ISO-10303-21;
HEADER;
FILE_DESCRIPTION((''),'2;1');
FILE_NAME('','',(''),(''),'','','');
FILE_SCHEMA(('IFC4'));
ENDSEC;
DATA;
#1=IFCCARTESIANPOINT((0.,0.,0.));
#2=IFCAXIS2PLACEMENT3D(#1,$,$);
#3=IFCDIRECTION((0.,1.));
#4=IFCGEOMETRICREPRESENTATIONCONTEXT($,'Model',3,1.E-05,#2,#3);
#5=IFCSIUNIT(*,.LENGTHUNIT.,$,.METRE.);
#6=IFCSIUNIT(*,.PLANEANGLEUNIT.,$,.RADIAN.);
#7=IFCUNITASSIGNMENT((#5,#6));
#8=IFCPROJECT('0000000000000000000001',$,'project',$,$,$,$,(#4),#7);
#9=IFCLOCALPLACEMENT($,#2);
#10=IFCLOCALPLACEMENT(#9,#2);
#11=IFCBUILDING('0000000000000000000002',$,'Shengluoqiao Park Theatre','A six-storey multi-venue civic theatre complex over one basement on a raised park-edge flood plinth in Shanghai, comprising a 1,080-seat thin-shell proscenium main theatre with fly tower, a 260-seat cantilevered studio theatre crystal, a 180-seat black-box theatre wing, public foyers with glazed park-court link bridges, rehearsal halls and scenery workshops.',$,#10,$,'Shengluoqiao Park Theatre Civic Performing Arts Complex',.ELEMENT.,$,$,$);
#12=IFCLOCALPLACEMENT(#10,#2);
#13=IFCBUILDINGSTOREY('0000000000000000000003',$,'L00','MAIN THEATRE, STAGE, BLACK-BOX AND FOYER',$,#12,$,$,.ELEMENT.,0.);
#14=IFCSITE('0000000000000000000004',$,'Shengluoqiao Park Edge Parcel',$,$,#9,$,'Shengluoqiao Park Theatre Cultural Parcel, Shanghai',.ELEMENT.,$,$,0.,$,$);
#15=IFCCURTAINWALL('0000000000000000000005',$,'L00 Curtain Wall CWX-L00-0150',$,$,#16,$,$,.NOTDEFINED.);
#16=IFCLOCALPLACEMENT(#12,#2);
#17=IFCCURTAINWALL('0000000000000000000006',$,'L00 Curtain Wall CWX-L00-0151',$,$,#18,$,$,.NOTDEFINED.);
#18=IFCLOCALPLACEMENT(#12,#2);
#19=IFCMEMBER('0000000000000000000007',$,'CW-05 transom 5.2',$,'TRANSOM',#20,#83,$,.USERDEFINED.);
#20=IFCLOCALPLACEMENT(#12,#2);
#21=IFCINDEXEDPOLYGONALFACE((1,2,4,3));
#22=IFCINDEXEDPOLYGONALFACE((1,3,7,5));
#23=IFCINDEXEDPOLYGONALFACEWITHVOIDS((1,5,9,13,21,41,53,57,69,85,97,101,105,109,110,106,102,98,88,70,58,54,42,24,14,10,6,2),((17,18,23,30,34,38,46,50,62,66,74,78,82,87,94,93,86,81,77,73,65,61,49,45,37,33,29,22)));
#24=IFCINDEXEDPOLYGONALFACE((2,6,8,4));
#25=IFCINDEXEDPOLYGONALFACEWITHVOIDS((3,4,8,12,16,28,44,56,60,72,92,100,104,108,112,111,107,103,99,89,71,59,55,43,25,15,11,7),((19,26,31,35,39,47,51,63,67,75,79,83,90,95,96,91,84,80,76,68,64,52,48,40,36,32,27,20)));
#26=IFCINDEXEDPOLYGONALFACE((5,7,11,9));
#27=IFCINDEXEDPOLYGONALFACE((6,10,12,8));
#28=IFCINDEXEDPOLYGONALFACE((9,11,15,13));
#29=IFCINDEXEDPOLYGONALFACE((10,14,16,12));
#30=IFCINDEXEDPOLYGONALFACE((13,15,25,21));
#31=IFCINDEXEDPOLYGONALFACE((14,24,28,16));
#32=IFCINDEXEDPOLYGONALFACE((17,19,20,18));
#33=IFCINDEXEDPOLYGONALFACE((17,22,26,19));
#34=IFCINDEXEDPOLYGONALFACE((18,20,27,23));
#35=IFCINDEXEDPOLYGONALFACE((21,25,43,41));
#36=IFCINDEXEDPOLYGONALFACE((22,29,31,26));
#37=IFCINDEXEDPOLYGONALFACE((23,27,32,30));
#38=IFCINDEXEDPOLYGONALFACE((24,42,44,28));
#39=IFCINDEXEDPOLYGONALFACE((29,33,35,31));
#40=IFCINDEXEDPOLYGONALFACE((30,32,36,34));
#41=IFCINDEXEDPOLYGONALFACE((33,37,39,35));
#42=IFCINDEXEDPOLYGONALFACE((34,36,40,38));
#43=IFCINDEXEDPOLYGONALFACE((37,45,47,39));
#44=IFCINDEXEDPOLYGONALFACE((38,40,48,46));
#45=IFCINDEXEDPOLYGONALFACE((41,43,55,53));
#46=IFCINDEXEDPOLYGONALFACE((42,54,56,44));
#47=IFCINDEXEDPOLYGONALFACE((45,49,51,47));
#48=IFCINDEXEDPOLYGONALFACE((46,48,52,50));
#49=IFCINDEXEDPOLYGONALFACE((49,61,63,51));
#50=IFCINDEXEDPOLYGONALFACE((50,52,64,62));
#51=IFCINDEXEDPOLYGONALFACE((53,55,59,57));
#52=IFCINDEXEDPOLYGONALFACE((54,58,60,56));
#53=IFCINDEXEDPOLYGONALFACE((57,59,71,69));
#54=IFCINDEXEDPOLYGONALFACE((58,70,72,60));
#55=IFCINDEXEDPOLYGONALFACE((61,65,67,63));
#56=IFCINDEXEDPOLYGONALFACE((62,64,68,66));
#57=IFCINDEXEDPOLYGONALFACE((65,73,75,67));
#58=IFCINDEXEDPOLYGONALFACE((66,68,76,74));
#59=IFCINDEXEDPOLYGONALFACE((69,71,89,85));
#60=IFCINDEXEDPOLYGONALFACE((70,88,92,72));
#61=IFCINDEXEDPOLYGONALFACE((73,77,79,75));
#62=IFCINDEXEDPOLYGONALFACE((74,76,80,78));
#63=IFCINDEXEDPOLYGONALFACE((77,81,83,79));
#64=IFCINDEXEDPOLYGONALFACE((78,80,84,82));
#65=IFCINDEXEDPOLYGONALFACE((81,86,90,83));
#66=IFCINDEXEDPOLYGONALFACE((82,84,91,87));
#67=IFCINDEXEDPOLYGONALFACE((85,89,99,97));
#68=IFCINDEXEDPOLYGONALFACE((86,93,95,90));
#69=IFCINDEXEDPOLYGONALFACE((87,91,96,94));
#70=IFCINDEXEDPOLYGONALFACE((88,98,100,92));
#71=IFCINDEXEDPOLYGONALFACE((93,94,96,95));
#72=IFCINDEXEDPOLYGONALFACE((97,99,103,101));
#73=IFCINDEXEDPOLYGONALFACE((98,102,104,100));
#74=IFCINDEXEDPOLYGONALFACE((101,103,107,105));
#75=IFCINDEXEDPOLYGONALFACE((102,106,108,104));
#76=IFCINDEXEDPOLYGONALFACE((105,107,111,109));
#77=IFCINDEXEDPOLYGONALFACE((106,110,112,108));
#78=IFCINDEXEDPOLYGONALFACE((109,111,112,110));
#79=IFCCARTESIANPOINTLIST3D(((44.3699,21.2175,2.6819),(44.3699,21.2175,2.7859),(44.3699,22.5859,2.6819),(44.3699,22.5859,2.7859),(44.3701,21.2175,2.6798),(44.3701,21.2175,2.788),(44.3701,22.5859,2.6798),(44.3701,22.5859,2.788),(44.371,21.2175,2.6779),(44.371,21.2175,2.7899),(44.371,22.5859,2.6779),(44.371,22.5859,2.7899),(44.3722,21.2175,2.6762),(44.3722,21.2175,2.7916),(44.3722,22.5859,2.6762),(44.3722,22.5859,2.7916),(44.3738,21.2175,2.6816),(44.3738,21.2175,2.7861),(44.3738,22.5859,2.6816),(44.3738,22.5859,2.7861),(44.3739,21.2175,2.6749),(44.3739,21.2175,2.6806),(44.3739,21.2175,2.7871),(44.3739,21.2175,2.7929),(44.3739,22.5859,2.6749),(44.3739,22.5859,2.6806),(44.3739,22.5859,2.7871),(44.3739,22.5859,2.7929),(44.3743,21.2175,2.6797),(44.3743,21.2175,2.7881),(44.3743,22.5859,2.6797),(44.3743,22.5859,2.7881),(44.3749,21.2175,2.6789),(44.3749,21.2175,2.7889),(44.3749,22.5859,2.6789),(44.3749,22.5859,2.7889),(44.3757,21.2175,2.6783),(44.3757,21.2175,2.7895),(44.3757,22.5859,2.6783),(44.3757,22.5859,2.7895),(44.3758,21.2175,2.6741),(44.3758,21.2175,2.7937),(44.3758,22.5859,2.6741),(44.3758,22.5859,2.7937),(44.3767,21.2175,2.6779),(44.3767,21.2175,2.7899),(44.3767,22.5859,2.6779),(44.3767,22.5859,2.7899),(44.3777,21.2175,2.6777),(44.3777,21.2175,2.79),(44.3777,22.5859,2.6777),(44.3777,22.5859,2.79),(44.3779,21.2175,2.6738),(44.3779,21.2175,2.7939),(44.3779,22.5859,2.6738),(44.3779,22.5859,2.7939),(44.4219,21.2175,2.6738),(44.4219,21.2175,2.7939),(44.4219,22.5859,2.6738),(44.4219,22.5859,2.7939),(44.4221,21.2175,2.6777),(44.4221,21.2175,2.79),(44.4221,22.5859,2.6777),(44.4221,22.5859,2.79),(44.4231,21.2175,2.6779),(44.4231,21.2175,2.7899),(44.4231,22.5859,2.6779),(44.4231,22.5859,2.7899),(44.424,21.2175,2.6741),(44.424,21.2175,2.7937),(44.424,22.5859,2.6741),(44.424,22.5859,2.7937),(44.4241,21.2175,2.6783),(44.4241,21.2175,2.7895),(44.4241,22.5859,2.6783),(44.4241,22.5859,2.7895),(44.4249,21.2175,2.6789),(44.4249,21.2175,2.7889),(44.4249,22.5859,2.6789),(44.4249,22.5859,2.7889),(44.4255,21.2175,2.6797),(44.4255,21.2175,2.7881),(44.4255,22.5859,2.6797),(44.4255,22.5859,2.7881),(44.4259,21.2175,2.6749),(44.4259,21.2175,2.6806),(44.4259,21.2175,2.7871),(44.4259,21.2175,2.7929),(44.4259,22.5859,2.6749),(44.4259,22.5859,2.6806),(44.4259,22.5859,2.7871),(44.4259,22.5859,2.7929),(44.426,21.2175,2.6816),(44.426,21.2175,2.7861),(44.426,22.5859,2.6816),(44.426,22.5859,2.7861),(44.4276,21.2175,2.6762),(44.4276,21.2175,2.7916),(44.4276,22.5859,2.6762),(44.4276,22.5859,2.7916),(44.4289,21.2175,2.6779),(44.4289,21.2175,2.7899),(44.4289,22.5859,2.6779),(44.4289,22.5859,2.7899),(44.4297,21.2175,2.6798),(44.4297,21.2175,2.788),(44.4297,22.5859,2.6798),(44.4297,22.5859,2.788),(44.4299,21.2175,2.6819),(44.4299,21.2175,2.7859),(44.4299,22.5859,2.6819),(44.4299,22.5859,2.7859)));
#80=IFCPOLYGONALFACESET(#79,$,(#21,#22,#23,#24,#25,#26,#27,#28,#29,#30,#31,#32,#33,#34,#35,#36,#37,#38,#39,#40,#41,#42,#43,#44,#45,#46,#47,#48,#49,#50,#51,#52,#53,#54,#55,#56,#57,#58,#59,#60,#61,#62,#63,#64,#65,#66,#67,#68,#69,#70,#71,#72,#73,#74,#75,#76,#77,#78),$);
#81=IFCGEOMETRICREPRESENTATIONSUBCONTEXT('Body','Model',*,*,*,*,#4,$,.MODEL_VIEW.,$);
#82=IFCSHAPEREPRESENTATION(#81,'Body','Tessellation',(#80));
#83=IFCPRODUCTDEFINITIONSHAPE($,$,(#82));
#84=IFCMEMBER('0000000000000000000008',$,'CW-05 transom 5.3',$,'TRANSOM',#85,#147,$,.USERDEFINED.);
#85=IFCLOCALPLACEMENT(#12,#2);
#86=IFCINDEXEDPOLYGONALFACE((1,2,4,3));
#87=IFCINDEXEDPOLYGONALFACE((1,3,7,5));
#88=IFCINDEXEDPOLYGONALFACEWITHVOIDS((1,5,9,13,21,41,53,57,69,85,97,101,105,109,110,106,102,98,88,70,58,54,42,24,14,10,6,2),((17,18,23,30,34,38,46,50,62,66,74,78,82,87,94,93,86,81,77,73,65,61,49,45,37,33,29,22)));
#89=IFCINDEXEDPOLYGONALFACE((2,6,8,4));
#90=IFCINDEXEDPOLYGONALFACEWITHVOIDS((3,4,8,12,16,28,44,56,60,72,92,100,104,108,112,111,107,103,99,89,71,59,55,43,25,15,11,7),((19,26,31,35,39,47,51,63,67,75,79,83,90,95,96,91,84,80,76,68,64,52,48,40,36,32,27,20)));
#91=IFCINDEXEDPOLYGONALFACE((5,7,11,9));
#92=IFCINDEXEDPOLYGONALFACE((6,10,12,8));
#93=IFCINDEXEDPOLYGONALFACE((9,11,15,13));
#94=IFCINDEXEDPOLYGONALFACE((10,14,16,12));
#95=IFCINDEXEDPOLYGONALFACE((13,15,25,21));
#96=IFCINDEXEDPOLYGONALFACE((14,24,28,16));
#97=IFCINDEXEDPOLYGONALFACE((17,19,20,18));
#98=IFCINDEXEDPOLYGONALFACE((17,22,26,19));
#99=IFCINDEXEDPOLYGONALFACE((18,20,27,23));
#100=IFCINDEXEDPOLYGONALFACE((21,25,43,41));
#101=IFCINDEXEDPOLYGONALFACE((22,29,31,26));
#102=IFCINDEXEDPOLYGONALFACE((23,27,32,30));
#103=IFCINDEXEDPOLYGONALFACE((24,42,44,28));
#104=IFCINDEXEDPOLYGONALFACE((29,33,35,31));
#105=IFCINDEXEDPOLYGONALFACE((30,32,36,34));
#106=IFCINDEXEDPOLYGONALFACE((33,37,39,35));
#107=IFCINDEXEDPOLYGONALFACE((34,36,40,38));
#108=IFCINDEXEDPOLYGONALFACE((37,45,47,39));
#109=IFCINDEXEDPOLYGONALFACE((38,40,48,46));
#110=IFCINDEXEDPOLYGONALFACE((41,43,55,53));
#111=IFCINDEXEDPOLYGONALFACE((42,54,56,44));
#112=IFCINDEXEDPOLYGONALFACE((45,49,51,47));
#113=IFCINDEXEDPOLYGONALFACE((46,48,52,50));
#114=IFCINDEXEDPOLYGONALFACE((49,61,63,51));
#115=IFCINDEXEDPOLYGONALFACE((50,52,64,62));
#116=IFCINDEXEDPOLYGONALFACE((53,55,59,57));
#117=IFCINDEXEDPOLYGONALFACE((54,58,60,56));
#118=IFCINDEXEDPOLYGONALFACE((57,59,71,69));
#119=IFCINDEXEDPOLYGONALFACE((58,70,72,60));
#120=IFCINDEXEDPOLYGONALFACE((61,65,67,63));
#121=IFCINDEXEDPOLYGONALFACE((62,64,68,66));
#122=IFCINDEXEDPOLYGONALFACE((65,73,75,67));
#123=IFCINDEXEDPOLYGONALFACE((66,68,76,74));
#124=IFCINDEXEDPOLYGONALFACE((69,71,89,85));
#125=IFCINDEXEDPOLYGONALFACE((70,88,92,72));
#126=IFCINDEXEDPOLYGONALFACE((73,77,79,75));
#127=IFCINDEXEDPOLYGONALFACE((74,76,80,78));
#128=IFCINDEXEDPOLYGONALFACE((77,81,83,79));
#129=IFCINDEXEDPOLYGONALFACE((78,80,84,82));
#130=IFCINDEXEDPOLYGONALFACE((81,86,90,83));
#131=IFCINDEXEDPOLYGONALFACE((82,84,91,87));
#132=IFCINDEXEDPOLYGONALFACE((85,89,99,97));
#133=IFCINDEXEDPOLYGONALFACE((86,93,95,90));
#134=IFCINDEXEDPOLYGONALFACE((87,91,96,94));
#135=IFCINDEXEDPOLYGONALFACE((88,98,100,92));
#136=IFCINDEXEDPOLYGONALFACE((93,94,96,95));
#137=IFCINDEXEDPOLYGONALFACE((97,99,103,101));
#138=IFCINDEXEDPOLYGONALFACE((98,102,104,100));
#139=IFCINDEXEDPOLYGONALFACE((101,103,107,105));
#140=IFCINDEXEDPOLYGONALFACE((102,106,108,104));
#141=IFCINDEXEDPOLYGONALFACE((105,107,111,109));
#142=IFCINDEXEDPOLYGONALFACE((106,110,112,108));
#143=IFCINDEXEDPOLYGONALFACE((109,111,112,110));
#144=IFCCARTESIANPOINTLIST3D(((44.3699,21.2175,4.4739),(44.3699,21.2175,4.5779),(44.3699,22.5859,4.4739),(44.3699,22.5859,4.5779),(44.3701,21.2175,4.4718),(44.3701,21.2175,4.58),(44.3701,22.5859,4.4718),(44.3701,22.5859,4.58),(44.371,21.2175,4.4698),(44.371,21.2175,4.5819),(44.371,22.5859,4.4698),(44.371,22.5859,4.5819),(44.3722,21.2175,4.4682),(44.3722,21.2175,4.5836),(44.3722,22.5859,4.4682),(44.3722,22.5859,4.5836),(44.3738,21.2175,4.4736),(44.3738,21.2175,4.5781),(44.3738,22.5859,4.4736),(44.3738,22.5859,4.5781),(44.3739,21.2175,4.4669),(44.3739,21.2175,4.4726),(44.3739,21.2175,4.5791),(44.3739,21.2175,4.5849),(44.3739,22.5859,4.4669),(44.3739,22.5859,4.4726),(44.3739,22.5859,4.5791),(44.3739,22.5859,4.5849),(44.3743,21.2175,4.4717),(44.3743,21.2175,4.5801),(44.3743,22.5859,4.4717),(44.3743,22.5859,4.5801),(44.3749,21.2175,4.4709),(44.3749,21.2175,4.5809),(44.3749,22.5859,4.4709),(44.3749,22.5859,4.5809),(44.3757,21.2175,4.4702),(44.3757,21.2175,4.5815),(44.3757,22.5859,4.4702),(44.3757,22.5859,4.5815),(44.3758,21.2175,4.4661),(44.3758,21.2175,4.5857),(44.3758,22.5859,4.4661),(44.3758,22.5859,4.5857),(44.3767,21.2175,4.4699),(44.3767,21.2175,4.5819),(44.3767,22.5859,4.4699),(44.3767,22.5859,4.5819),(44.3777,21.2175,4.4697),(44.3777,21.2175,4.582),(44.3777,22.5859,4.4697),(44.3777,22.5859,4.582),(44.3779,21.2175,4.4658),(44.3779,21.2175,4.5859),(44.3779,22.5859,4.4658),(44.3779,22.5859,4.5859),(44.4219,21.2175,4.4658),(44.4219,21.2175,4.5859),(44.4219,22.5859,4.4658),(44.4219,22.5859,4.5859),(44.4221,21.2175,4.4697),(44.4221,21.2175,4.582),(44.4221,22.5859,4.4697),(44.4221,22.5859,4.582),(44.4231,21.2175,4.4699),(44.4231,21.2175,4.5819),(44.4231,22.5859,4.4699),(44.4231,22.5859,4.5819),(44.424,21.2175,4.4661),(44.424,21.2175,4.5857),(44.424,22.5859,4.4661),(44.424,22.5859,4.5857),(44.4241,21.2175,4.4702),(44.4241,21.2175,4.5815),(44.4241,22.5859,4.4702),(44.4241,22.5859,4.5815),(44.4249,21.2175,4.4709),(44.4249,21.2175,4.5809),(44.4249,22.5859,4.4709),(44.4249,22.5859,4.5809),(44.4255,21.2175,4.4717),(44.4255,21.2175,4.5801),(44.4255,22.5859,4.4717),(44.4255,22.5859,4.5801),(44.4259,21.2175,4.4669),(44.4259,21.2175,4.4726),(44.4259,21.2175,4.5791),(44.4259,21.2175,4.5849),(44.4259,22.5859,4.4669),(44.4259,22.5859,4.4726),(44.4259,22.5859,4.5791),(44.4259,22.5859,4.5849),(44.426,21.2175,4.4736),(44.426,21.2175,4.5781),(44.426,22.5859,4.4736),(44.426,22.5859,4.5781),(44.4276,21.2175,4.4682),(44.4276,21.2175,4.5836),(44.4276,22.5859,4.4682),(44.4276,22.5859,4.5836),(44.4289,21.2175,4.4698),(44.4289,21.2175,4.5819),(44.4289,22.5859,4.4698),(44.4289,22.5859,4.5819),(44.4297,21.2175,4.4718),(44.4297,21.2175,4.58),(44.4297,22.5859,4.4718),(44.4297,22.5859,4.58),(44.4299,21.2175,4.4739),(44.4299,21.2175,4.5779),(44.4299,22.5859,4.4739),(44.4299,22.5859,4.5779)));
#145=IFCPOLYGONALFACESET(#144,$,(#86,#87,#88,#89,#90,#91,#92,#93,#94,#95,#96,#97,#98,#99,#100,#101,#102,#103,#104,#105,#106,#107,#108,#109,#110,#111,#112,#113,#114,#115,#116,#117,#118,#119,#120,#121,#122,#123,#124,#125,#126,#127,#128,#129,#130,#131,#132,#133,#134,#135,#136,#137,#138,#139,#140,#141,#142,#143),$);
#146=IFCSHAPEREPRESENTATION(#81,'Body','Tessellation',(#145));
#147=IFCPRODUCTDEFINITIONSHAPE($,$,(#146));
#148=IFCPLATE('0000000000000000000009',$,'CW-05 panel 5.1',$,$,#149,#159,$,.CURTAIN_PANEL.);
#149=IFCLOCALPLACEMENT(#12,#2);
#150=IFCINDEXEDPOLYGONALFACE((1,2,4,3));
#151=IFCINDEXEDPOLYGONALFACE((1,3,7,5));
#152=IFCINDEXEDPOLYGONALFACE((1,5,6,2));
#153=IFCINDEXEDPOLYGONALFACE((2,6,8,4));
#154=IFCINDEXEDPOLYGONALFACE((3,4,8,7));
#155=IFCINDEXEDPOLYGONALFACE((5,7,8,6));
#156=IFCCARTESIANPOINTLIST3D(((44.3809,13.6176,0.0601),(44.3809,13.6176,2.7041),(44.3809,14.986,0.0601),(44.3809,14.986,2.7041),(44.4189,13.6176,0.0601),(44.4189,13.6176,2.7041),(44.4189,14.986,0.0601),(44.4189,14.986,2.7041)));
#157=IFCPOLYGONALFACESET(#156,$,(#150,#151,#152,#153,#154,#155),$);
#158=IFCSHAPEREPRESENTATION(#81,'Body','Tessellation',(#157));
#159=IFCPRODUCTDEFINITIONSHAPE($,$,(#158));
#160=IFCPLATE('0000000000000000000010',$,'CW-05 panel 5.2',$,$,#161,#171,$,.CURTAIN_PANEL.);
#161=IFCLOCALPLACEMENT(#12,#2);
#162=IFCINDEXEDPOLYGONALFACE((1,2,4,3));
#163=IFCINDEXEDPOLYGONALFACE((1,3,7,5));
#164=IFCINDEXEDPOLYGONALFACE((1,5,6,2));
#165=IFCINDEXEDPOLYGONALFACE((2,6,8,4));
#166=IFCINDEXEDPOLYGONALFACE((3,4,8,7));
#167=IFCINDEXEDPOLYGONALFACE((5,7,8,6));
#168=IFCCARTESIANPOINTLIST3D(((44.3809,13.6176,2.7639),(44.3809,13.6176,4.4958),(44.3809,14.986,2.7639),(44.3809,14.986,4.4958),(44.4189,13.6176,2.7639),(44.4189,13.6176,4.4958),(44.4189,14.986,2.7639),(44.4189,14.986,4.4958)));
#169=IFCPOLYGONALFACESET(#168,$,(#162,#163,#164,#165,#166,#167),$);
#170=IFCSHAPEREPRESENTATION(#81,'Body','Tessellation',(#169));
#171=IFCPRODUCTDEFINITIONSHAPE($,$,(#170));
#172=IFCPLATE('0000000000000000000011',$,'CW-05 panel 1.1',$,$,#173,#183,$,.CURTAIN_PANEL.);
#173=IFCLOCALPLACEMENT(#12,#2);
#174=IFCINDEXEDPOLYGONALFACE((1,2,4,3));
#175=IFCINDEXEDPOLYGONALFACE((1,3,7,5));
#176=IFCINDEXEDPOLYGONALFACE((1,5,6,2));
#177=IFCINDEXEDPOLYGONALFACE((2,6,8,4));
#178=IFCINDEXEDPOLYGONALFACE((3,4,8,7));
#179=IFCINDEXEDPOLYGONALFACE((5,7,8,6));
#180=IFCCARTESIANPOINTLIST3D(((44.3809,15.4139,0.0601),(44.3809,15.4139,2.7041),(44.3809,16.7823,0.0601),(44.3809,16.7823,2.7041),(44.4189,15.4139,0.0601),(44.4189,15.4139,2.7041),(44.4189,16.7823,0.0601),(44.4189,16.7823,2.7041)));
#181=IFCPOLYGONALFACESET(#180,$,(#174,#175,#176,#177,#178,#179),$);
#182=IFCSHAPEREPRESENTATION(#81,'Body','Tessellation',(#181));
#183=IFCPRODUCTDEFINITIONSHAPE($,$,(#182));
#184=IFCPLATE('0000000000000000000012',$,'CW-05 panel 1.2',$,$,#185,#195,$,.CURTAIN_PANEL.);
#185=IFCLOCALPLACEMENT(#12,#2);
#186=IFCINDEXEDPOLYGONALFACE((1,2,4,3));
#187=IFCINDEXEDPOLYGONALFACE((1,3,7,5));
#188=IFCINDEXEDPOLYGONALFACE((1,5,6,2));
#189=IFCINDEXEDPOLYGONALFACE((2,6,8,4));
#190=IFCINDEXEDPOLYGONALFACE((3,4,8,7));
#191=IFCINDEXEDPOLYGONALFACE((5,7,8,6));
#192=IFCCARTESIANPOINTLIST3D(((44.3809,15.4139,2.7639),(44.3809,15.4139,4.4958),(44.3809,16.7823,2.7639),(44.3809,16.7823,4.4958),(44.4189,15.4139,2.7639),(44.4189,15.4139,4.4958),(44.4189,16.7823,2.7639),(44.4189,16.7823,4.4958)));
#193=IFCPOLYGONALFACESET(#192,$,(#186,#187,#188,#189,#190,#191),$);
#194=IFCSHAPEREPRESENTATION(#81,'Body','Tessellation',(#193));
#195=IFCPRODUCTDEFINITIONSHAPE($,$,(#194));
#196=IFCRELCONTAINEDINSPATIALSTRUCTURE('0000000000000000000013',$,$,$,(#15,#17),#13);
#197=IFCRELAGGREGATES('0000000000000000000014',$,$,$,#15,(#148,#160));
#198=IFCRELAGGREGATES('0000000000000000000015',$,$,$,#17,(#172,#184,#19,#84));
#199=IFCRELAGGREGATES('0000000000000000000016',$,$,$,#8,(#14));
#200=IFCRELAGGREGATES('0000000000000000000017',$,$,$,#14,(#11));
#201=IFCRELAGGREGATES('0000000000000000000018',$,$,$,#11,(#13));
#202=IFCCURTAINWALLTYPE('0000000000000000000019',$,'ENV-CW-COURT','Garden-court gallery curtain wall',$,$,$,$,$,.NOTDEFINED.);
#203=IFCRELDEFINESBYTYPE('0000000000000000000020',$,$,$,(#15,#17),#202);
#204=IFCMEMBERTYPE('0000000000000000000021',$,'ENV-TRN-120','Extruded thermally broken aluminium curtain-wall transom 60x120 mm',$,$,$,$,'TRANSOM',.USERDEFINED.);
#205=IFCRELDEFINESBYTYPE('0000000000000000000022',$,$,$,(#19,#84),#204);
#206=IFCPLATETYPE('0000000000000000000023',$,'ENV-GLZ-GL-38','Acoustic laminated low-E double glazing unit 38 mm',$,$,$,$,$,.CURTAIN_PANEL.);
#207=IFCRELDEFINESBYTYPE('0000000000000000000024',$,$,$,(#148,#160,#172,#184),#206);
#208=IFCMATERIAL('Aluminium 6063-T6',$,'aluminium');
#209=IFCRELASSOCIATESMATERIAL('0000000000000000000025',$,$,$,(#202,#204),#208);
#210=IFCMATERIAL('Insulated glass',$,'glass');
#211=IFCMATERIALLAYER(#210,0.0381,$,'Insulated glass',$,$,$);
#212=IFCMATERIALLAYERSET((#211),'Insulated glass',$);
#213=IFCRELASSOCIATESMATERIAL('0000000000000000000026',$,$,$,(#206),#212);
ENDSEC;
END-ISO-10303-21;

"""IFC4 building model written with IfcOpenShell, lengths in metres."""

from ifc_helpers import new_model, si_unit, direction, frame, origin, origin_2d, place, context, subcontext, project, spatial, rectangle, hollow_rectangle, extrude, material, layer, layer_set, material_profile, profile_set, type_object, element, aggregate, save


model = new_model("IFC4")

# Units and contexts
model_context = context("Model", 3, precision=1e-05, world=origin(), true_north=direction((0.0, 1.0)))
body_context = subcontext(model_context, "Body", "Model", "MODEL_VIEW")
ifc_project = project(units=[si_unit("LENGTHUNIT", "METRE"), si_unit("PLANEANGLEUNIT", "RADIAN")], contexts=[model_context])

# Site, building, storey
site_placement = place(None, origin())
site = spatial("IfcSite", under=ifc_project, at=site_placement, Name="Shengluoqiao Park Edge Parcel", LongName="Shengluoqiao Park Theatre Cultural Parcel, Shanghai", CompositionType="ELEMENT", RefElevation=0.0)
building_placement = place(site_placement, origin())
building = spatial("IfcBuilding", under=site, at=building_placement, Name="Shengluoqiao Park Theatre", Description="A six-storey multi-venue civic theatre complex over one basement on a raised park-edge flood plinth in Shanghai, comprising a 1,080-seat thin-shell proscenium main theatre with fly tower, a 260-seat cantilevered studio theatre crystal, a 180-seat black-box theatre wing, public foyers with glazed park-court link bridges, rehearsal halls and scenery workshops.", LongName="Shengluoqiao Park Theatre Civic Performing Arts Complex", CompositionType="ELEMENT")
storey_placement = place(building_placement, origin())
storey = spatial("IfcBuildingStorey", under=building, at=storey_placement, Name="L00", Description="MAIN THEATRE, STAGE, BLACK-BOX AND FOYER", CompositionType="ELEMENT", Elevation=0.0)

# Curtain wall
ifc_material_1 = material(Name="Aluminium 6063-T6", Category="aluminium")
curtain_wall_type = type_object("IfcCurtainWallType", Name="ENV-CW-COURT", Description="Garden-court gallery curtain wall", PredefinedType="NOTDEFINED", material=ifc_material_1)
curtain_wall_1_placement = place(storey_placement, origin())
curtain_wall_1 = element("IfcCurtainWall", 1, at=curtain_wall_1_placement, inside=storey, type_object=curtain_wall_type, Name="L00 Curtain Wall CWX-L00-0150", PredefinedType="NOTDEFINED")

# Curtain wall
curtain_wall_2_placement = place(storey_placement, origin())
curtain_wall_2 = element("IfcCurtainWall", 2, at=curtain_wall_2_placement, inside=storey, type_object=curtain_wall_type, Name="L00 Curtain Wall CWX-L00-0151", PredefinedType="NOTDEFINED")

# Members
ifc_material_profile_1 = material_profile(ifc_material_1, hollow_rectangle(XDim=0.0601, YDim=0.1201, WallThickness=0.0039, InnerFilletRadius=0.0039, OuterFilletRadius=0.0081, at=origin_2d()), Name="ALU TRANSOM 120x60x4")
ifc_profile_set_1 = profile_set([ifc_material_profile_1], Name="Aluminium 6063-T6")
member_type_1 = type_object("IfcMemberType", Name="ENV-TRN-120", Description="Extruded thermally broken aluminium curtain-wall transom 60x120 mm", ElementType="TRANSOM", PredefinedType="USERDEFINED", material=ifc_profile_set_1)
member_1_placement = place(storey_placement, frame((44.3999, 21.2175, 2.7339), z_axis=(0.0, 1.0, 0.0), x_axis=(-1.0, 0.0, 0.0)))
member_1 = element("IfcMember", 3, at=member_1_placement, type_object=member_type_1, Name="CW-05 transom 5.2", ObjectType="TRANSOM", PredefinedType="USERDEFINED", context=body_context, shape_type="SweptSolid", body=[
    extrude(hollow_rectangle(XDim=0.0601, YDim=0.1201, WallThickness=0.0039, InnerFilletRadius=0.0039, OuterFilletRadius=0.0081, at=origin_2d()), origin(), (0.0, 0.0, 1.0), 1.3684),
])
member_2_placement = place(storey_placement, frame((44.3999, 21.2175, 4.5259), z_axis=(0.0, 1.0, 0.0), x_axis=(-1.0, 0.0, 0.0)))
member_2 = element("IfcMember", 4, at=member_2_placement, type_object=member_type_1, Name="CW-05 transom 5.3", ObjectType="TRANSOM", PredefinedType="USERDEFINED", context=body_context, shape_type="SweptSolid", body=[
    extrude(hollow_rectangle(XDim=0.0601, YDim=0.1201, WallThickness=0.0039, InnerFilletRadius=0.0039, OuterFilletRadius=0.0081, at=origin_2d()), origin(), (0.0, 0.0, 1.0), 1.3684),
])

# Plates
ifc_material_2 = material(Name="Insulated glass", Category="glass")
ifc_layer = layer(ifc_material_2, 0.0381, Name="Insulated glass")
ifc_layer_set = layer_set([ifc_layer], Name="Insulated glass")
plate_type = type_object("IfcPlateType", Name="ENV-GLZ-GL-38", Description="Acoustic laminated low-E double glazing unit 38 mm", PredefinedType="CURTAIN_PANEL", material=ifc_layer_set)
plate_1_placement = place(storey_placement, frame((44.3999, 14.3018, 0.0601), z_axis=(0.0, 0.0, 1.0), x_axis=(0.0, 1.0, 0.0)))
plate_1 = element("IfcPlate", 5, at=plate_1_placement, type_object=plate_type, Name="CW-05 panel 5.1", PredefinedType="CURTAIN_PANEL", context=body_context, shape_type="SweptSolid", body=[
    extrude(rectangle(XDim=1.3684, YDim=0.0381, at=origin_2d()), origin(), (0.0, 0.0, 1.0), 2.644),
])
plate_2_placement = place(storey_placement, frame((44.3999, 14.3018, 2.7639), z_axis=(0.0, 0.0, 1.0), x_axis=(0.0, 1.0, 0.0)))
plate_2 = element("IfcPlate", 6, at=plate_2_placement, type_object=plate_type, Name="CW-05 panel 5.2", PredefinedType="CURTAIN_PANEL", context=body_context, shape_type="SweptSolid", body=[
    extrude(rectangle(XDim=1.3684, YDim=0.0381, at=origin_2d()), origin(), (0.0, 0.0, 1.0), 1.7319),
])
aggregate(curtain_wall_1, [plate_1, plate_2])
plate_3_placement = place(storey_placement, frame((44.3999, 16.0981, 0.0601), z_axis=(0.0, 0.0, 1.0), x_axis=(0.0, 1.0, 0.0)))
plate_3 = element("IfcPlate", 7, at=plate_3_placement, type_object=plate_type, Name="CW-05 panel 1.1", PredefinedType="CURTAIN_PANEL", context=body_context, shape_type="SweptSolid", body=[
    extrude(rectangle(XDim=1.3684, YDim=0.0381, at=origin_2d()), origin(), (0.0, 0.0, 1.0), 2.644),
])
plate_4_placement = place(storey_placement, frame((44.3999, 16.0981, 2.7639), z_axis=(0.0, 0.0, 1.0), x_axis=(0.0, 1.0, 0.0)))
plate_4 = element("IfcPlate", 8, at=plate_4_placement, type_object=plate_type, Name="CW-05 panel 1.2", PredefinedType="CURTAIN_PANEL", context=body_context, shape_type="SweptSolid", body=[
    extrude(rectangle(XDim=1.3684, YDim=0.0381, at=origin_2d()), origin(), (0.0, 0.0, 1.0), 1.7319),
])
aggregate(curtain_wall_2, [plate_3, plate_4, member_1, member_2])

save(model, "model.ifc")
